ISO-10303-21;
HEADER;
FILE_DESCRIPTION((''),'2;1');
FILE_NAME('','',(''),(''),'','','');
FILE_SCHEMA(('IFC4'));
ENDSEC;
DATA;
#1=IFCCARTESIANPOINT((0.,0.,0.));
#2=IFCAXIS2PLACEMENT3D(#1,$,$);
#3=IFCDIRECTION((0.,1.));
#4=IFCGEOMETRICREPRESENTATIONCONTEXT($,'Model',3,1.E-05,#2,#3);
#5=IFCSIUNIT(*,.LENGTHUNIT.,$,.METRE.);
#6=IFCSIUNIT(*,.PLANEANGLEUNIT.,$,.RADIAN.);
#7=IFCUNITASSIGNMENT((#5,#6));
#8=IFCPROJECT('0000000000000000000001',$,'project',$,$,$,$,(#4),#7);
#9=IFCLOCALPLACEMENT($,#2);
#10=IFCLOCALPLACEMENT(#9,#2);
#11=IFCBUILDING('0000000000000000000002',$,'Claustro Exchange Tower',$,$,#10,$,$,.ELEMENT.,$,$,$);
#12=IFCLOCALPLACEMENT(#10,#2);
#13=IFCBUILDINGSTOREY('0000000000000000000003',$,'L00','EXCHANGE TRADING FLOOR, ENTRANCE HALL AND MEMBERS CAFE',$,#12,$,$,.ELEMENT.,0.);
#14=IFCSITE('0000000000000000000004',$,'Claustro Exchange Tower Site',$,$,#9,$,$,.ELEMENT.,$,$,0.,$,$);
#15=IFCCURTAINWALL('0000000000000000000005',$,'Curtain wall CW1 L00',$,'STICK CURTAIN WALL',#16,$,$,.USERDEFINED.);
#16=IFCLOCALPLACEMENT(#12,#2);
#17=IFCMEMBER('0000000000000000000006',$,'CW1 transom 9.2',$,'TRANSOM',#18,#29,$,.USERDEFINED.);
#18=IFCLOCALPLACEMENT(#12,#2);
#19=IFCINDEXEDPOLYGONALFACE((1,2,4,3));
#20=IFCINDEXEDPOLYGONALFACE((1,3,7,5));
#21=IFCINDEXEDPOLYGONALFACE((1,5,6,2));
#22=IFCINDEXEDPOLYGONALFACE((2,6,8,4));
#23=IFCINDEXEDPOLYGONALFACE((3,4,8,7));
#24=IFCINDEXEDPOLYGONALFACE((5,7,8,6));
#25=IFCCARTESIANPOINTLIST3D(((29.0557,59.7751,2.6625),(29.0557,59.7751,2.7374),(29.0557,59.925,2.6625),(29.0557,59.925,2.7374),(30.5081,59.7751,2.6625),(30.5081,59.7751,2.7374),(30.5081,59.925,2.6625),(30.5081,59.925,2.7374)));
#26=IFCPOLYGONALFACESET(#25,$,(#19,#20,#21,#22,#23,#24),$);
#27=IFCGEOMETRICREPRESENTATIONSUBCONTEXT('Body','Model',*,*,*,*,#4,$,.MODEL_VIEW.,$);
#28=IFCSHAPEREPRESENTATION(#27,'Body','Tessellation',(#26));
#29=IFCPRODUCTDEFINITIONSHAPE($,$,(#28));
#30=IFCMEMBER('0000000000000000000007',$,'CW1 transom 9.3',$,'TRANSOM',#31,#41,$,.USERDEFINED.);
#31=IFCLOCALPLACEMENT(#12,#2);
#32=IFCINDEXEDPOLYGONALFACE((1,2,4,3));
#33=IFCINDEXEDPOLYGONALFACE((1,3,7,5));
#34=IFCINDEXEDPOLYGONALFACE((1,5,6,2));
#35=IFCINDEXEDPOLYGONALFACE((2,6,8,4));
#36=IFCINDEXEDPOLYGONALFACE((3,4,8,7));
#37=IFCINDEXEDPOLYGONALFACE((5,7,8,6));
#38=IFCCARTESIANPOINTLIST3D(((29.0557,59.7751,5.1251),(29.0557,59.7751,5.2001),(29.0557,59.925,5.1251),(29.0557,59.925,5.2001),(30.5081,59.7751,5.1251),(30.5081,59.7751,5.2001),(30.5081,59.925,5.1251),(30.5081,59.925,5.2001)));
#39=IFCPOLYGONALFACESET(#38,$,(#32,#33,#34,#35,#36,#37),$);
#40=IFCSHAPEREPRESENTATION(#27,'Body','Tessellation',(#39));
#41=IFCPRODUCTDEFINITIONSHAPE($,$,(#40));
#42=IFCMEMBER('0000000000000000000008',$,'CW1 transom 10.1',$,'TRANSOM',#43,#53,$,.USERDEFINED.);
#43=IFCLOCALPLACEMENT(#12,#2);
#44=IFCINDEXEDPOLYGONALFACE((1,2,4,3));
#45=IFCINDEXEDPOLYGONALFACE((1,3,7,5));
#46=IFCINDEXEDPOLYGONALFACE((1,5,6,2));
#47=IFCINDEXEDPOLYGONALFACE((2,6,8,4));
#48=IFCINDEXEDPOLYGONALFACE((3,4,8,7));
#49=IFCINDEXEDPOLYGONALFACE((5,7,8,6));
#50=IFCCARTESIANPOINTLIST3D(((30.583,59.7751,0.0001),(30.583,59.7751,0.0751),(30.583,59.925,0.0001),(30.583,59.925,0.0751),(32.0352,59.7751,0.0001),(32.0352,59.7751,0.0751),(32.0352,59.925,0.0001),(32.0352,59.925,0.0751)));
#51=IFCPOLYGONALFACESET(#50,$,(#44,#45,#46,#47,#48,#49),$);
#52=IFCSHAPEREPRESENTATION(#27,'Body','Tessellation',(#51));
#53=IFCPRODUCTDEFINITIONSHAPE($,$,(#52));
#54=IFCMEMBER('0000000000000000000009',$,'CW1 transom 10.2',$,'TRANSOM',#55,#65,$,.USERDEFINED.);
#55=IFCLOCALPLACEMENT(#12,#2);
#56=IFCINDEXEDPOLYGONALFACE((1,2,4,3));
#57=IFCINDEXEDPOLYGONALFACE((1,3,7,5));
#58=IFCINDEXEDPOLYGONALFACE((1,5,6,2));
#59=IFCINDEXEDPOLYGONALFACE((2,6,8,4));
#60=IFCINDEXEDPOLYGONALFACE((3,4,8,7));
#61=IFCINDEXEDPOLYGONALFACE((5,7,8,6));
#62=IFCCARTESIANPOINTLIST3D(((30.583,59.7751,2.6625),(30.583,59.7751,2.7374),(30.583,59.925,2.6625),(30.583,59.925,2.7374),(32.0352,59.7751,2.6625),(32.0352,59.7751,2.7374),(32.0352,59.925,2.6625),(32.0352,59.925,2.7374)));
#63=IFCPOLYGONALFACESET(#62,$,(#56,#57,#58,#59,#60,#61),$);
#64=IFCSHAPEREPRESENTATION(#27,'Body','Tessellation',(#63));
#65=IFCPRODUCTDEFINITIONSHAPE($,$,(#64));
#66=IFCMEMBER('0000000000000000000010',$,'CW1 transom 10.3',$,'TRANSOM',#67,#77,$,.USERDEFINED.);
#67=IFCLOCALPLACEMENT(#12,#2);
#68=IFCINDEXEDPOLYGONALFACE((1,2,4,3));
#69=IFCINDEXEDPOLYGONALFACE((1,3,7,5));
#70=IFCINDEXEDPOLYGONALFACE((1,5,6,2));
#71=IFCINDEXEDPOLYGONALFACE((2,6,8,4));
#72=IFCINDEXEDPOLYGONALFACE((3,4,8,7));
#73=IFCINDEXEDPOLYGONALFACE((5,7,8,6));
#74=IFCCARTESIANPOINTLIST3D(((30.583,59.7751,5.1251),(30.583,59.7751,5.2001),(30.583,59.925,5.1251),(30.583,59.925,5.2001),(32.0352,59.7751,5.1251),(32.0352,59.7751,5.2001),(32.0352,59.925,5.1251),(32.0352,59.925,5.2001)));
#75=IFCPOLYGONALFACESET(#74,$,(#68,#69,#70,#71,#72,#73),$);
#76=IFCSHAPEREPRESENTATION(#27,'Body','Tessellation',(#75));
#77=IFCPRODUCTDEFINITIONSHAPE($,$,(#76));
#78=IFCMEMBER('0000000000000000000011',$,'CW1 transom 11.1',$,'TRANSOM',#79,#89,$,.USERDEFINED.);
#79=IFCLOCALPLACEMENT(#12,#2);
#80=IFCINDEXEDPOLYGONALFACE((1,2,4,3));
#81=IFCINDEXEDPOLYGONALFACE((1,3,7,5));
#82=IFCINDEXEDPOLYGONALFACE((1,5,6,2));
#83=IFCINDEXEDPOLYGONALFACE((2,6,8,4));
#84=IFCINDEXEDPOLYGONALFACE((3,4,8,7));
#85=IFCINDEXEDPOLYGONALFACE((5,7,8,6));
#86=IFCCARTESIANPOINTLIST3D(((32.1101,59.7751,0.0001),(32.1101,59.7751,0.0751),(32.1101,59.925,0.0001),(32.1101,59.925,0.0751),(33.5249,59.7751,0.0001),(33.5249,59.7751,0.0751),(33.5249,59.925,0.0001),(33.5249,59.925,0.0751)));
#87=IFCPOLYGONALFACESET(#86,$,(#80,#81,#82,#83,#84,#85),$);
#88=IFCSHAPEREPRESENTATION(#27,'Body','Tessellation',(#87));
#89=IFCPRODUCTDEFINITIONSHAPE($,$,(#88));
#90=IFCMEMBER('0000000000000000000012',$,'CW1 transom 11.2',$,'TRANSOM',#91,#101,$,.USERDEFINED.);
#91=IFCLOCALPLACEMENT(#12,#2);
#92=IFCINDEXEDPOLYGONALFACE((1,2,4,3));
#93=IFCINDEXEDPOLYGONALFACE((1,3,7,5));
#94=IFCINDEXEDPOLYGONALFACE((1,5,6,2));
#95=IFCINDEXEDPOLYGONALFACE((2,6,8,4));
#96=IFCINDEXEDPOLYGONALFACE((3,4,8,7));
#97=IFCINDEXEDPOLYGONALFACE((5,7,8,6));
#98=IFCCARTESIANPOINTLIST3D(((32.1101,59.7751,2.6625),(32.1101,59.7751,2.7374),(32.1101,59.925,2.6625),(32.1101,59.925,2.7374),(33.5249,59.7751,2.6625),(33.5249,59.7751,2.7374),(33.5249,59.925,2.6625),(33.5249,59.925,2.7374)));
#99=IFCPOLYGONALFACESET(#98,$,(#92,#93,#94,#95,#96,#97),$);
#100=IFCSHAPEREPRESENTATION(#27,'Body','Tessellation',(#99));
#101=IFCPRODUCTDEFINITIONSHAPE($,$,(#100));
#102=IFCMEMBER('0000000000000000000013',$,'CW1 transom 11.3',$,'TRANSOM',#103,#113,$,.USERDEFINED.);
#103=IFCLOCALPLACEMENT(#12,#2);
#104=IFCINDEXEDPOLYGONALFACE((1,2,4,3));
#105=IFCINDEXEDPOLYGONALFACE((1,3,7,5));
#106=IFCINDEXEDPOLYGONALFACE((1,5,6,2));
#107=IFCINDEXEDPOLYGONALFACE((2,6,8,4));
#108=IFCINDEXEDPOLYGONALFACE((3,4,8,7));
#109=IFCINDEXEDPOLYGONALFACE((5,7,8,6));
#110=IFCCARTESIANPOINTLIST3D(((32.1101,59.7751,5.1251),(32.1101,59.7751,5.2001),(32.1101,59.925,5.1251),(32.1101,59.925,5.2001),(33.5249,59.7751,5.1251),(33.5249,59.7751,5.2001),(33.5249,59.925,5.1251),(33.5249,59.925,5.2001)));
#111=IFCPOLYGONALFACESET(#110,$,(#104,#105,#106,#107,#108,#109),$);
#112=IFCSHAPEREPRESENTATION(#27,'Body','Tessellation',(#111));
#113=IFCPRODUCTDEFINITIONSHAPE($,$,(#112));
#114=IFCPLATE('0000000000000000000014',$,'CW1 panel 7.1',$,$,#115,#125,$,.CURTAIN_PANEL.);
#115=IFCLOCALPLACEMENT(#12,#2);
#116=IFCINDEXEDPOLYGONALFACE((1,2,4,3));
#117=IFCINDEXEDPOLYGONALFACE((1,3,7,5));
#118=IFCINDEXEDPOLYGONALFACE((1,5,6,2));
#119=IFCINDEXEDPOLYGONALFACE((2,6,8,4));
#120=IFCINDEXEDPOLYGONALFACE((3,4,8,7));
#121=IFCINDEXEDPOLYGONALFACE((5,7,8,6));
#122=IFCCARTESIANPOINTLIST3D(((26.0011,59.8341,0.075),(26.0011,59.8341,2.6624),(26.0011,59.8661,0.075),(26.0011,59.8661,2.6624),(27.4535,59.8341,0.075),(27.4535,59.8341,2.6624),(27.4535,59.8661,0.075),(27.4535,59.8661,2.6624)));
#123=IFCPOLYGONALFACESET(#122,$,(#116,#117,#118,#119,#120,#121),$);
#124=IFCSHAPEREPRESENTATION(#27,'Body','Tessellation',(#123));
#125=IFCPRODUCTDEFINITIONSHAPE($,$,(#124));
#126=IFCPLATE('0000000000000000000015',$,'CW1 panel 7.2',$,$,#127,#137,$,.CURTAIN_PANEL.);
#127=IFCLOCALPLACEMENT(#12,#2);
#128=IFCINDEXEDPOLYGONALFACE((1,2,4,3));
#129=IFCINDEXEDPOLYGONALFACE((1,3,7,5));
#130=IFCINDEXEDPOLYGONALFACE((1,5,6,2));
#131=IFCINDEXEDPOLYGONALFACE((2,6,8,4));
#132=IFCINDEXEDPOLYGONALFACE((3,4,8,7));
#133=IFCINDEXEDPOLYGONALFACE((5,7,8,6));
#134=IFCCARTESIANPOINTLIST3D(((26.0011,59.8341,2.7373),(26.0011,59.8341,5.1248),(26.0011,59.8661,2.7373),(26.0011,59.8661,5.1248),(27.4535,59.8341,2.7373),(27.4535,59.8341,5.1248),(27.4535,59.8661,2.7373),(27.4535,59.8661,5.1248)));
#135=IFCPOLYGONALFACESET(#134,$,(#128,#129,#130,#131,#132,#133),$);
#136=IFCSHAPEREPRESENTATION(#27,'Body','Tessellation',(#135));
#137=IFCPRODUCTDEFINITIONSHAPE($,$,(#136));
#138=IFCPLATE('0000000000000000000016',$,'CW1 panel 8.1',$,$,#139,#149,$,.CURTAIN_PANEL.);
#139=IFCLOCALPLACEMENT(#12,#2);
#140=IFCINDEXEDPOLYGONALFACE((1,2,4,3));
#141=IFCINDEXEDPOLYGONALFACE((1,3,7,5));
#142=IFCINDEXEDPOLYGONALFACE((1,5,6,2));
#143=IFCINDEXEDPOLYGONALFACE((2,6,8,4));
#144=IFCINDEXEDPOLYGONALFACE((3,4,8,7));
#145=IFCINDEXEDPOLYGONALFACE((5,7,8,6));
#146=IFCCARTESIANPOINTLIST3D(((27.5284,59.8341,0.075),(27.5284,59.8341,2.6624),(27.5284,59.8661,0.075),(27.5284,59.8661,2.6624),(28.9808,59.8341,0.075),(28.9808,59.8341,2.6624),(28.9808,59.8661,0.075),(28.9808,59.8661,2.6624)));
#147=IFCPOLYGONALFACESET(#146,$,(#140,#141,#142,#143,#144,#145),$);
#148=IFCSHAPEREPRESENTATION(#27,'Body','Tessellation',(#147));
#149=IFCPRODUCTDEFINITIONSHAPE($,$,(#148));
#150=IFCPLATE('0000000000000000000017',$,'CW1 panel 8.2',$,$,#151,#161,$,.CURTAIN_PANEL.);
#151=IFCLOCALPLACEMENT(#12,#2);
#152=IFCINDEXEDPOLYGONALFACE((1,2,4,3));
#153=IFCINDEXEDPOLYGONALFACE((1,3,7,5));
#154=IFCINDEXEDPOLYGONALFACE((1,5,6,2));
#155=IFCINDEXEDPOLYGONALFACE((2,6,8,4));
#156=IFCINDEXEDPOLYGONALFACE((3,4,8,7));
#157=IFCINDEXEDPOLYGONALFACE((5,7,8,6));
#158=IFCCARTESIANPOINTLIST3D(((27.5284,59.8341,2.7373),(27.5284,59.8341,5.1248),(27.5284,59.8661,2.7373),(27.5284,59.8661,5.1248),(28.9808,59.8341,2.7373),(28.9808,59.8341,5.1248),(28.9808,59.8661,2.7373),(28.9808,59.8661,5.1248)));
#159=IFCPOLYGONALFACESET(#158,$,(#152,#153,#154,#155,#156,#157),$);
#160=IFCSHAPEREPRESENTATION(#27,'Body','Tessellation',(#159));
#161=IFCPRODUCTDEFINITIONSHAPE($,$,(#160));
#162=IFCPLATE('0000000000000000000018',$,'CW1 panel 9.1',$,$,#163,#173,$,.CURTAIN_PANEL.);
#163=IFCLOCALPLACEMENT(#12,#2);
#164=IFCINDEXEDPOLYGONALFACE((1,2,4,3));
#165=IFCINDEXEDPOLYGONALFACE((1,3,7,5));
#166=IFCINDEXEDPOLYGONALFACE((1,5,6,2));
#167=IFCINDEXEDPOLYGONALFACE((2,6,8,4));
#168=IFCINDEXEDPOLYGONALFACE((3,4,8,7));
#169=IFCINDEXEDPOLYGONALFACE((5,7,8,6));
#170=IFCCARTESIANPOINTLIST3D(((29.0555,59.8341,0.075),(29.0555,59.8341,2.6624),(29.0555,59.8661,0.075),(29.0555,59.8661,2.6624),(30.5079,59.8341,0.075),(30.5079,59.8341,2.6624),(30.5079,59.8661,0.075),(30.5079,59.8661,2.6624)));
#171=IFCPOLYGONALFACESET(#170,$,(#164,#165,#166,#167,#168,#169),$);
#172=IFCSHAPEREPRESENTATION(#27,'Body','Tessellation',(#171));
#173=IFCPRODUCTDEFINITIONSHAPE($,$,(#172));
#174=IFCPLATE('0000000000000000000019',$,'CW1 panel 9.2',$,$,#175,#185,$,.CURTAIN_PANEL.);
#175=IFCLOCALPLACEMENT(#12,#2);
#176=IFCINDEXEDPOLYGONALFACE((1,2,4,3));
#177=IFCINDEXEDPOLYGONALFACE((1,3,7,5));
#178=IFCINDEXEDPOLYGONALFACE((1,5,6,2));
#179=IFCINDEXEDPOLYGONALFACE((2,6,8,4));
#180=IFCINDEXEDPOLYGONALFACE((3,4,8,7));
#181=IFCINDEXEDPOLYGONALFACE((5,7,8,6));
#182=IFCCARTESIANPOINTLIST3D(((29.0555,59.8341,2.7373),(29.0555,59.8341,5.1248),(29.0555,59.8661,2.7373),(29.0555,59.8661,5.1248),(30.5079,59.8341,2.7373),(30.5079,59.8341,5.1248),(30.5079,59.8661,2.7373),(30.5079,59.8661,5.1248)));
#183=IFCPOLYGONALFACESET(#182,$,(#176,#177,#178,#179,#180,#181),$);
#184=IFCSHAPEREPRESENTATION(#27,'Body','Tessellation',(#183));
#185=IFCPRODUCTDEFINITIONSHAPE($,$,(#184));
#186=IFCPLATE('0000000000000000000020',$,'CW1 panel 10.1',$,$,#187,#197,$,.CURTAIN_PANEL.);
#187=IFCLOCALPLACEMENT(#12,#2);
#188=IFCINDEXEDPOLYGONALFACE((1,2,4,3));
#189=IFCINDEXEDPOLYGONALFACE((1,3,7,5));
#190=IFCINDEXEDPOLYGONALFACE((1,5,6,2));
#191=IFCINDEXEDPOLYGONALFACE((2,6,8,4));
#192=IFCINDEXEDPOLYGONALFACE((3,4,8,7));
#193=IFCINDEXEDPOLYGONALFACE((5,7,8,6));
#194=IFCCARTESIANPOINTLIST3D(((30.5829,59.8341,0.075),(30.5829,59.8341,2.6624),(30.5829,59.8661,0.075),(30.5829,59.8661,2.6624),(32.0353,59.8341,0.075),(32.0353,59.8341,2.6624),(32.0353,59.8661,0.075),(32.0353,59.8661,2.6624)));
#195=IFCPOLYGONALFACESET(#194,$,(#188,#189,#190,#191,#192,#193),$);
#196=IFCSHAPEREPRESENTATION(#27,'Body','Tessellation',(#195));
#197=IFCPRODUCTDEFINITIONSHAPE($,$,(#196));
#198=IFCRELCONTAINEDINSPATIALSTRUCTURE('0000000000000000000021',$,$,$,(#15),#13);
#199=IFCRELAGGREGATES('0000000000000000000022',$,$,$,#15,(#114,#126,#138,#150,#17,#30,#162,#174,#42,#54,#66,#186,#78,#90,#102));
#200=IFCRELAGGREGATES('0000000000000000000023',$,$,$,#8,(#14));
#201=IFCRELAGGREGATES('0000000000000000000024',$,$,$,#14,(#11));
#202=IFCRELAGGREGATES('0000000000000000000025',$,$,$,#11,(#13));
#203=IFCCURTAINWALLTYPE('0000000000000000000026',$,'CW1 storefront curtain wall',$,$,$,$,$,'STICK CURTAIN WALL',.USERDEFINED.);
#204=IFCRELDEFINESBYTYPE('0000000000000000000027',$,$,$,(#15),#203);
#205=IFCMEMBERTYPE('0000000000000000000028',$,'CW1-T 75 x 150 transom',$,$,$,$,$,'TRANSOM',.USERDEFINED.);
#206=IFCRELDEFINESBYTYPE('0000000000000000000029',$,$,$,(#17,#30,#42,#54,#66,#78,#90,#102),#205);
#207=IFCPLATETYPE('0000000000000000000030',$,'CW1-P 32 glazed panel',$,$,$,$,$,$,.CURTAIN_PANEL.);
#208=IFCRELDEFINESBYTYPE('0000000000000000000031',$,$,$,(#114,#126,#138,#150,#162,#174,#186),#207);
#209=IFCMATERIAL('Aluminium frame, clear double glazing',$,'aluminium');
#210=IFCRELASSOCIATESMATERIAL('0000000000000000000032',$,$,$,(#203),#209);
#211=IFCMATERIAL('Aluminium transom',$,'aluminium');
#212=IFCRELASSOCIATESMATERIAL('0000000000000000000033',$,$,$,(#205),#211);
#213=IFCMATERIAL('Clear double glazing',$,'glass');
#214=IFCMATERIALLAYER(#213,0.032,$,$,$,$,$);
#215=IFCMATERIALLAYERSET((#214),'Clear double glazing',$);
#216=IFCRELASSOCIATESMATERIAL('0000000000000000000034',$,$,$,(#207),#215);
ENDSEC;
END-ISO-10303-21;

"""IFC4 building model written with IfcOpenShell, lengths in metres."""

from ifc_helpers import new_model, si_unit, direction, frame, origin, origin_2d, place, context, subcontext, project, spatial, rectangle, extrude, material, layer, layer_set, material_profile, profile_set, type_object, element, aggregate, save


model = new_model("IFC4")

# Units and contexts
model_context = context("Model", 3, precision=1e-05, world=origin(), true_north=direction((0.0, 1.0)))
body_context = subcontext(model_context, "Body", "Model", "MODEL_VIEW")
ifc_project = project(units=[si_unit("LENGTHUNIT", "METRE"), si_unit("PLANEANGLEUNIT", "RADIAN")], contexts=[model_context])

# Site, building, storey
site_placement = place(None, origin())
site = spatial("IfcSite", under=ifc_project, at=site_placement, Name="Claustro Exchange Tower Site", CompositionType="ELEMENT", RefElevation=0.0)
building_placement = place(site_placement, origin())
building = spatial("IfcBuilding", under=site, at=building_placement, Name="Claustro Exchange Tower", CompositionType="ELEMENT")
storey_placement = place(building_placement, origin())
storey = spatial("IfcBuildingStorey", under=building, at=storey_placement, Name="L00", Description="EXCHANGE TRADING FLOOR, ENTRANCE HALL AND MEMBERS CAFE", CompositionType="ELEMENT", Elevation=0.0)

# Curtain wall, members, plates
ifc_material_1 = material(Name="Aluminium frame, clear double glazing", Category="aluminium")
curtain_wall_type = type_object("IfcCurtainWallType", Name="CW1 storefront curtain wall", ElementType="STICK CURTAIN WALL", PredefinedType="USERDEFINED", material=ifc_material_1)
curtain_wall_placement = place(storey_placement, origin())
curtain_wall = element("IfcCurtainWall", 1, at=curtain_wall_placement, inside=storey, type_object=curtain_wall_type, Name="Curtain wall CW1 L00", ObjectType="STICK CURTAIN WALL", PredefinedType="USERDEFINED")
ifc_material_2 = material(Name="Aluminium transom", Category="aluminium")
ifc_material_profile_1 = material_profile(ifc_material_2, rectangle(XDim=0.1499, YDim=0.075, at=origin_2d()), Name="CW1-T 75x150")
ifc_profile_set_1 = profile_set([ifc_material_profile_1], Name="Aluminium transom")
member_type_1 = type_object("IfcMemberType", Name="CW1-T 75 x 150 transom", ElementType="TRANSOM", PredefinedType="USERDEFINED", material=ifc_profile_set_1)
member_1_placement = place(storey_placement, frame((29.0557, 59.8501, 2.7), z_axis=(1.0, 0.0, 0.0), x_axis=(0.0, 1.0, 0.0)))
member_1 = element("IfcMember", 2, at=member_1_placement, type_object=member_type_1, Name="CW1 transom 9.2", ObjectType="TRANSOM", PredefinedType="USERDEFINED", context=body_context, shape_type="SweptSolid", body=[
    extrude(rectangle(XDim=0.1499, YDim=0.075, at=origin_2d()), origin(), (0.0, 0.0, 1.0), 1.4524),
])
member_2_placement = place(storey_placement, frame((29.0557, 59.8501, 5.1626), z_axis=(1.0, 0.0, 0.0), x_axis=(0.0, 1.0, 0.0)))
member_2 = element("IfcMember", 3, at=member_2_placement, type_object=member_type_1, Name="CW1 transom 9.3", ObjectType="TRANSOM", PredefinedType="USERDEFINED", context=body_context, shape_type="SweptSolid", body=[
    extrude(rectangle(XDim=0.1499, YDim=0.075, at=origin_2d()), origin(), (0.0, 0.0, 1.0), 1.4524),
])
member_3_placement = place(storey_placement, frame((30.583, 59.8501, 0.0376), z_axis=(1.0, 0.0, 0.0), x_axis=(0.0, 1.0, 0.0)))
member_3 = element("IfcMember", 4, at=member_3_placement, type_object=member_type_1, Name="CW1 transom 10.1", ObjectType="TRANSOM", PredefinedType="USERDEFINED", context=body_context, shape_type="SweptSolid", body=[
    extrude(rectangle(XDim=0.1499, YDim=0.075, at=origin_2d()), origin(), (0.0, 0.0, 1.0), 1.4521),
])
member_4_placement = place(storey_placement, frame((30.583, 59.8501, 2.7), z_axis=(1.0, 0.0, 0.0), x_axis=(0.0, 1.0, 0.0)))
member_4 = element("IfcMember", 5, at=member_4_placement, type_object=member_type_1, Name="CW1 transom 10.2", ObjectType="TRANSOM", PredefinedType="USERDEFINED", context=body_context, shape_type="SweptSolid", body=[
    extrude(rectangle(XDim=0.1499, YDim=0.075, at=origin_2d()), origin(), (0.0, 0.0, 1.0), 1.4521),
])
member_5_placement = place(storey_placement, frame((30.583, 59.8501, 5.1626), z_axis=(1.0, 0.0, 0.0), x_axis=(0.0, 1.0, 0.0)))
member_5 = element("IfcMember", 6, at=member_5_placement, type_object=member_type_1, Name="CW1 transom 10.3", ObjectType="TRANSOM", PredefinedType="USERDEFINED", context=body_context, shape_type="SweptSolid", body=[
    extrude(rectangle(XDim=0.1499, YDim=0.075, at=origin_2d()), origin(), (0.0, 0.0, 1.0), 1.4521),
])
member_6_placement = place(storey_placement, frame((32.1101, 59.8501, 0.0376), z_axis=(1.0, 0.0, 0.0), x_axis=(0.0, 1.0, 0.0)))
member_6 = element("IfcMember", 7, at=member_6_placement, type_object=member_type_1, Name="CW1 transom 11.1", ObjectType="TRANSOM", PredefinedType="USERDEFINED", context=body_context, shape_type="SweptSolid", body=[
    extrude(rectangle(XDim=0.1499, YDim=0.075, at=origin_2d()), origin(), (0.0, 0.0, 1.0), 1.4148),
])
member_7_placement = place(storey_placement, frame((32.1101, 59.8501, 2.7), z_axis=(1.0, 0.0, 0.0), x_axis=(0.0, 1.0, 0.0)))
member_7 = element("IfcMember", 8, at=member_7_placement, type_object=member_type_1, Name="CW1 transom 11.2", ObjectType="TRANSOM", PredefinedType="USERDEFINED", context=body_context, shape_type="SweptSolid", body=[
    extrude(rectangle(XDim=0.1499, YDim=0.075, at=origin_2d()), origin(), (0.0, 0.0, 1.0), 1.4148),
])
member_8_placement = place(storey_placement, frame((32.1101, 59.8501, 5.1626), z_axis=(1.0, 0.0, 0.0), x_axis=(0.0, 1.0, 0.0)))
member_8 = element("IfcMember", 9, at=member_8_placement, type_object=member_type_1, Name="CW1 transom 11.3", ObjectType="TRANSOM", PredefinedType="USERDEFINED", context=body_context, shape_type="SweptSolid", body=[
    extrude(rectangle(XDim=0.1499, YDim=0.075, at=origin_2d()), origin(), (0.0, 0.0, 1.0), 1.4148),
])
ifc_material_3 = material(Name="Clear double glazing", Category="glass")
ifc_layer = layer(ifc_material_3, 0.032)
ifc_layer_set = layer_set([ifc_layer], Name="Clear double glazing")
plate_type = type_object("IfcPlateType", Name="CW1-P 32 glazed panel", PredefinedType="CURTAIN_PANEL", material=ifc_layer_set)
plate_1_placement = place(storey_placement, frame((26.7273, 59.8501, 0.075), z_axis=(0.0, 0.0, 1.0), x_axis=(1.0, 0.0, 0.0)))
plate_1 = element("IfcPlate", 10, at=plate_1_placement, type_object=plate_type, Name="CW1 panel 7.1", PredefinedType="CURTAIN_PANEL", context=body_context, shape_type="SweptSolid", body=[
    extrude(rectangle(XDim=1.4524, YDim=0.032, at=origin_2d()), origin(), (0.0, 0.0, 1.0), 2.5874),
])
plate_2_placement = place(storey_placement, frame((26.7273, 59.8501, 2.7373), z_axis=(0.0, 0.0, 1.0), x_axis=(1.0, 0.0, 0.0)))
plate_2 = element("IfcPlate", 11, at=plate_2_placement, type_object=plate_type, Name="CW1 panel 7.2", PredefinedType="CURTAIN_PANEL", context=body_context, shape_type="SweptSolid", body=[
    extrude(rectangle(XDim=1.4524, YDim=0.032, at=origin_2d()), origin(), (0.0, 0.0, 1.0), 2.3875),
])
plate_3_placement = place(storey_placement, frame((28.2546, 59.8501, 0.075), z_axis=(0.0, 0.0, 1.0), x_axis=(1.0, 0.0, 0.0)))
plate_3 = element("IfcPlate", 12, at=plate_3_placement, type_object=plate_type, Name="CW1 panel 8.1", PredefinedType="CURTAIN_PANEL", context=body_context, shape_type="SweptSolid", body=[
    extrude(rectangle(XDim=1.4524, YDim=0.032, at=origin_2d()), origin(), (0.0, 0.0, 1.0), 2.5874),
])
plate_4_placement = place(storey_placement, frame((28.2546, 59.8501, 2.7373), z_axis=(0.0, 0.0, 1.0), x_axis=(1.0, 0.0, 0.0)))
plate_4 = element("IfcPlate", 13, at=plate_4_placement, type_object=plate_type, Name="CW1 panel 8.2", PredefinedType="CURTAIN_PANEL", context=body_context, shape_type="SweptSolid", body=[
    extrude(rectangle(XDim=1.4524, YDim=0.032, at=origin_2d()), origin(), (0.0, 0.0, 1.0), 2.3875),
])
plate_5_placement = place(storey_placement, frame((29.7817, 59.8501, 0.075), z_axis=(0.0, 0.0, 1.0), x_axis=(1.0, 0.0, 0.0)))
plate_5 = element("IfcPlate", 14, at=plate_5_placement, type_object=plate_type, Name="CW1 panel 9.1", PredefinedType="CURTAIN_PANEL", context=body_context, shape_type="SweptSolid", body=[
    extrude(rectangle(XDim=1.4524, YDim=0.032, at=origin_2d()), origin(), (0.0, 0.0, 1.0), 2.5874),
])
plate_6_placement = place(storey_placement, frame((29.7817, 59.8501, 2.7373), z_axis=(0.0, 0.0, 1.0), x_axis=(1.0, 0.0, 0.0)))
plate_6 = element("IfcPlate", 15, at=plate_6_placement, type_object=plate_type, Name="CW1 panel 9.2", PredefinedType="CURTAIN_PANEL", context=body_context, shape_type="SweptSolid", body=[
    extrude(rectangle(XDim=1.4524, YDim=0.032, at=origin_2d()), origin(), (0.0, 0.0, 1.0), 2.3875),
])
plate_7_placement = place(storey_placement, frame((31.3091, 59.8501, 0.075), z_axis=(0.0, 0.0, 1.0), x_axis=(1.0, 0.0, 0.0)))
plate_7 = element("IfcPlate", 16, at=plate_7_placement, type_object=plate_type, Name="CW1 panel 10.1", PredefinedType="CURTAIN_PANEL", context=body_context, shape_type="SweptSolid", body=[
    extrude(rectangle(XDim=1.4524, YDim=0.032, at=origin_2d()), origin(), (0.0, 0.0, 1.0), 2.5874),
])
aggregate(curtain_wall, [plate_1, plate_2, plate_3, plate_4, member_1, member_2, plate_5, plate_6, member_3, member_4, member_5, plate_7, member_6, member_7, member_8])

save(model, "model.ifc")
